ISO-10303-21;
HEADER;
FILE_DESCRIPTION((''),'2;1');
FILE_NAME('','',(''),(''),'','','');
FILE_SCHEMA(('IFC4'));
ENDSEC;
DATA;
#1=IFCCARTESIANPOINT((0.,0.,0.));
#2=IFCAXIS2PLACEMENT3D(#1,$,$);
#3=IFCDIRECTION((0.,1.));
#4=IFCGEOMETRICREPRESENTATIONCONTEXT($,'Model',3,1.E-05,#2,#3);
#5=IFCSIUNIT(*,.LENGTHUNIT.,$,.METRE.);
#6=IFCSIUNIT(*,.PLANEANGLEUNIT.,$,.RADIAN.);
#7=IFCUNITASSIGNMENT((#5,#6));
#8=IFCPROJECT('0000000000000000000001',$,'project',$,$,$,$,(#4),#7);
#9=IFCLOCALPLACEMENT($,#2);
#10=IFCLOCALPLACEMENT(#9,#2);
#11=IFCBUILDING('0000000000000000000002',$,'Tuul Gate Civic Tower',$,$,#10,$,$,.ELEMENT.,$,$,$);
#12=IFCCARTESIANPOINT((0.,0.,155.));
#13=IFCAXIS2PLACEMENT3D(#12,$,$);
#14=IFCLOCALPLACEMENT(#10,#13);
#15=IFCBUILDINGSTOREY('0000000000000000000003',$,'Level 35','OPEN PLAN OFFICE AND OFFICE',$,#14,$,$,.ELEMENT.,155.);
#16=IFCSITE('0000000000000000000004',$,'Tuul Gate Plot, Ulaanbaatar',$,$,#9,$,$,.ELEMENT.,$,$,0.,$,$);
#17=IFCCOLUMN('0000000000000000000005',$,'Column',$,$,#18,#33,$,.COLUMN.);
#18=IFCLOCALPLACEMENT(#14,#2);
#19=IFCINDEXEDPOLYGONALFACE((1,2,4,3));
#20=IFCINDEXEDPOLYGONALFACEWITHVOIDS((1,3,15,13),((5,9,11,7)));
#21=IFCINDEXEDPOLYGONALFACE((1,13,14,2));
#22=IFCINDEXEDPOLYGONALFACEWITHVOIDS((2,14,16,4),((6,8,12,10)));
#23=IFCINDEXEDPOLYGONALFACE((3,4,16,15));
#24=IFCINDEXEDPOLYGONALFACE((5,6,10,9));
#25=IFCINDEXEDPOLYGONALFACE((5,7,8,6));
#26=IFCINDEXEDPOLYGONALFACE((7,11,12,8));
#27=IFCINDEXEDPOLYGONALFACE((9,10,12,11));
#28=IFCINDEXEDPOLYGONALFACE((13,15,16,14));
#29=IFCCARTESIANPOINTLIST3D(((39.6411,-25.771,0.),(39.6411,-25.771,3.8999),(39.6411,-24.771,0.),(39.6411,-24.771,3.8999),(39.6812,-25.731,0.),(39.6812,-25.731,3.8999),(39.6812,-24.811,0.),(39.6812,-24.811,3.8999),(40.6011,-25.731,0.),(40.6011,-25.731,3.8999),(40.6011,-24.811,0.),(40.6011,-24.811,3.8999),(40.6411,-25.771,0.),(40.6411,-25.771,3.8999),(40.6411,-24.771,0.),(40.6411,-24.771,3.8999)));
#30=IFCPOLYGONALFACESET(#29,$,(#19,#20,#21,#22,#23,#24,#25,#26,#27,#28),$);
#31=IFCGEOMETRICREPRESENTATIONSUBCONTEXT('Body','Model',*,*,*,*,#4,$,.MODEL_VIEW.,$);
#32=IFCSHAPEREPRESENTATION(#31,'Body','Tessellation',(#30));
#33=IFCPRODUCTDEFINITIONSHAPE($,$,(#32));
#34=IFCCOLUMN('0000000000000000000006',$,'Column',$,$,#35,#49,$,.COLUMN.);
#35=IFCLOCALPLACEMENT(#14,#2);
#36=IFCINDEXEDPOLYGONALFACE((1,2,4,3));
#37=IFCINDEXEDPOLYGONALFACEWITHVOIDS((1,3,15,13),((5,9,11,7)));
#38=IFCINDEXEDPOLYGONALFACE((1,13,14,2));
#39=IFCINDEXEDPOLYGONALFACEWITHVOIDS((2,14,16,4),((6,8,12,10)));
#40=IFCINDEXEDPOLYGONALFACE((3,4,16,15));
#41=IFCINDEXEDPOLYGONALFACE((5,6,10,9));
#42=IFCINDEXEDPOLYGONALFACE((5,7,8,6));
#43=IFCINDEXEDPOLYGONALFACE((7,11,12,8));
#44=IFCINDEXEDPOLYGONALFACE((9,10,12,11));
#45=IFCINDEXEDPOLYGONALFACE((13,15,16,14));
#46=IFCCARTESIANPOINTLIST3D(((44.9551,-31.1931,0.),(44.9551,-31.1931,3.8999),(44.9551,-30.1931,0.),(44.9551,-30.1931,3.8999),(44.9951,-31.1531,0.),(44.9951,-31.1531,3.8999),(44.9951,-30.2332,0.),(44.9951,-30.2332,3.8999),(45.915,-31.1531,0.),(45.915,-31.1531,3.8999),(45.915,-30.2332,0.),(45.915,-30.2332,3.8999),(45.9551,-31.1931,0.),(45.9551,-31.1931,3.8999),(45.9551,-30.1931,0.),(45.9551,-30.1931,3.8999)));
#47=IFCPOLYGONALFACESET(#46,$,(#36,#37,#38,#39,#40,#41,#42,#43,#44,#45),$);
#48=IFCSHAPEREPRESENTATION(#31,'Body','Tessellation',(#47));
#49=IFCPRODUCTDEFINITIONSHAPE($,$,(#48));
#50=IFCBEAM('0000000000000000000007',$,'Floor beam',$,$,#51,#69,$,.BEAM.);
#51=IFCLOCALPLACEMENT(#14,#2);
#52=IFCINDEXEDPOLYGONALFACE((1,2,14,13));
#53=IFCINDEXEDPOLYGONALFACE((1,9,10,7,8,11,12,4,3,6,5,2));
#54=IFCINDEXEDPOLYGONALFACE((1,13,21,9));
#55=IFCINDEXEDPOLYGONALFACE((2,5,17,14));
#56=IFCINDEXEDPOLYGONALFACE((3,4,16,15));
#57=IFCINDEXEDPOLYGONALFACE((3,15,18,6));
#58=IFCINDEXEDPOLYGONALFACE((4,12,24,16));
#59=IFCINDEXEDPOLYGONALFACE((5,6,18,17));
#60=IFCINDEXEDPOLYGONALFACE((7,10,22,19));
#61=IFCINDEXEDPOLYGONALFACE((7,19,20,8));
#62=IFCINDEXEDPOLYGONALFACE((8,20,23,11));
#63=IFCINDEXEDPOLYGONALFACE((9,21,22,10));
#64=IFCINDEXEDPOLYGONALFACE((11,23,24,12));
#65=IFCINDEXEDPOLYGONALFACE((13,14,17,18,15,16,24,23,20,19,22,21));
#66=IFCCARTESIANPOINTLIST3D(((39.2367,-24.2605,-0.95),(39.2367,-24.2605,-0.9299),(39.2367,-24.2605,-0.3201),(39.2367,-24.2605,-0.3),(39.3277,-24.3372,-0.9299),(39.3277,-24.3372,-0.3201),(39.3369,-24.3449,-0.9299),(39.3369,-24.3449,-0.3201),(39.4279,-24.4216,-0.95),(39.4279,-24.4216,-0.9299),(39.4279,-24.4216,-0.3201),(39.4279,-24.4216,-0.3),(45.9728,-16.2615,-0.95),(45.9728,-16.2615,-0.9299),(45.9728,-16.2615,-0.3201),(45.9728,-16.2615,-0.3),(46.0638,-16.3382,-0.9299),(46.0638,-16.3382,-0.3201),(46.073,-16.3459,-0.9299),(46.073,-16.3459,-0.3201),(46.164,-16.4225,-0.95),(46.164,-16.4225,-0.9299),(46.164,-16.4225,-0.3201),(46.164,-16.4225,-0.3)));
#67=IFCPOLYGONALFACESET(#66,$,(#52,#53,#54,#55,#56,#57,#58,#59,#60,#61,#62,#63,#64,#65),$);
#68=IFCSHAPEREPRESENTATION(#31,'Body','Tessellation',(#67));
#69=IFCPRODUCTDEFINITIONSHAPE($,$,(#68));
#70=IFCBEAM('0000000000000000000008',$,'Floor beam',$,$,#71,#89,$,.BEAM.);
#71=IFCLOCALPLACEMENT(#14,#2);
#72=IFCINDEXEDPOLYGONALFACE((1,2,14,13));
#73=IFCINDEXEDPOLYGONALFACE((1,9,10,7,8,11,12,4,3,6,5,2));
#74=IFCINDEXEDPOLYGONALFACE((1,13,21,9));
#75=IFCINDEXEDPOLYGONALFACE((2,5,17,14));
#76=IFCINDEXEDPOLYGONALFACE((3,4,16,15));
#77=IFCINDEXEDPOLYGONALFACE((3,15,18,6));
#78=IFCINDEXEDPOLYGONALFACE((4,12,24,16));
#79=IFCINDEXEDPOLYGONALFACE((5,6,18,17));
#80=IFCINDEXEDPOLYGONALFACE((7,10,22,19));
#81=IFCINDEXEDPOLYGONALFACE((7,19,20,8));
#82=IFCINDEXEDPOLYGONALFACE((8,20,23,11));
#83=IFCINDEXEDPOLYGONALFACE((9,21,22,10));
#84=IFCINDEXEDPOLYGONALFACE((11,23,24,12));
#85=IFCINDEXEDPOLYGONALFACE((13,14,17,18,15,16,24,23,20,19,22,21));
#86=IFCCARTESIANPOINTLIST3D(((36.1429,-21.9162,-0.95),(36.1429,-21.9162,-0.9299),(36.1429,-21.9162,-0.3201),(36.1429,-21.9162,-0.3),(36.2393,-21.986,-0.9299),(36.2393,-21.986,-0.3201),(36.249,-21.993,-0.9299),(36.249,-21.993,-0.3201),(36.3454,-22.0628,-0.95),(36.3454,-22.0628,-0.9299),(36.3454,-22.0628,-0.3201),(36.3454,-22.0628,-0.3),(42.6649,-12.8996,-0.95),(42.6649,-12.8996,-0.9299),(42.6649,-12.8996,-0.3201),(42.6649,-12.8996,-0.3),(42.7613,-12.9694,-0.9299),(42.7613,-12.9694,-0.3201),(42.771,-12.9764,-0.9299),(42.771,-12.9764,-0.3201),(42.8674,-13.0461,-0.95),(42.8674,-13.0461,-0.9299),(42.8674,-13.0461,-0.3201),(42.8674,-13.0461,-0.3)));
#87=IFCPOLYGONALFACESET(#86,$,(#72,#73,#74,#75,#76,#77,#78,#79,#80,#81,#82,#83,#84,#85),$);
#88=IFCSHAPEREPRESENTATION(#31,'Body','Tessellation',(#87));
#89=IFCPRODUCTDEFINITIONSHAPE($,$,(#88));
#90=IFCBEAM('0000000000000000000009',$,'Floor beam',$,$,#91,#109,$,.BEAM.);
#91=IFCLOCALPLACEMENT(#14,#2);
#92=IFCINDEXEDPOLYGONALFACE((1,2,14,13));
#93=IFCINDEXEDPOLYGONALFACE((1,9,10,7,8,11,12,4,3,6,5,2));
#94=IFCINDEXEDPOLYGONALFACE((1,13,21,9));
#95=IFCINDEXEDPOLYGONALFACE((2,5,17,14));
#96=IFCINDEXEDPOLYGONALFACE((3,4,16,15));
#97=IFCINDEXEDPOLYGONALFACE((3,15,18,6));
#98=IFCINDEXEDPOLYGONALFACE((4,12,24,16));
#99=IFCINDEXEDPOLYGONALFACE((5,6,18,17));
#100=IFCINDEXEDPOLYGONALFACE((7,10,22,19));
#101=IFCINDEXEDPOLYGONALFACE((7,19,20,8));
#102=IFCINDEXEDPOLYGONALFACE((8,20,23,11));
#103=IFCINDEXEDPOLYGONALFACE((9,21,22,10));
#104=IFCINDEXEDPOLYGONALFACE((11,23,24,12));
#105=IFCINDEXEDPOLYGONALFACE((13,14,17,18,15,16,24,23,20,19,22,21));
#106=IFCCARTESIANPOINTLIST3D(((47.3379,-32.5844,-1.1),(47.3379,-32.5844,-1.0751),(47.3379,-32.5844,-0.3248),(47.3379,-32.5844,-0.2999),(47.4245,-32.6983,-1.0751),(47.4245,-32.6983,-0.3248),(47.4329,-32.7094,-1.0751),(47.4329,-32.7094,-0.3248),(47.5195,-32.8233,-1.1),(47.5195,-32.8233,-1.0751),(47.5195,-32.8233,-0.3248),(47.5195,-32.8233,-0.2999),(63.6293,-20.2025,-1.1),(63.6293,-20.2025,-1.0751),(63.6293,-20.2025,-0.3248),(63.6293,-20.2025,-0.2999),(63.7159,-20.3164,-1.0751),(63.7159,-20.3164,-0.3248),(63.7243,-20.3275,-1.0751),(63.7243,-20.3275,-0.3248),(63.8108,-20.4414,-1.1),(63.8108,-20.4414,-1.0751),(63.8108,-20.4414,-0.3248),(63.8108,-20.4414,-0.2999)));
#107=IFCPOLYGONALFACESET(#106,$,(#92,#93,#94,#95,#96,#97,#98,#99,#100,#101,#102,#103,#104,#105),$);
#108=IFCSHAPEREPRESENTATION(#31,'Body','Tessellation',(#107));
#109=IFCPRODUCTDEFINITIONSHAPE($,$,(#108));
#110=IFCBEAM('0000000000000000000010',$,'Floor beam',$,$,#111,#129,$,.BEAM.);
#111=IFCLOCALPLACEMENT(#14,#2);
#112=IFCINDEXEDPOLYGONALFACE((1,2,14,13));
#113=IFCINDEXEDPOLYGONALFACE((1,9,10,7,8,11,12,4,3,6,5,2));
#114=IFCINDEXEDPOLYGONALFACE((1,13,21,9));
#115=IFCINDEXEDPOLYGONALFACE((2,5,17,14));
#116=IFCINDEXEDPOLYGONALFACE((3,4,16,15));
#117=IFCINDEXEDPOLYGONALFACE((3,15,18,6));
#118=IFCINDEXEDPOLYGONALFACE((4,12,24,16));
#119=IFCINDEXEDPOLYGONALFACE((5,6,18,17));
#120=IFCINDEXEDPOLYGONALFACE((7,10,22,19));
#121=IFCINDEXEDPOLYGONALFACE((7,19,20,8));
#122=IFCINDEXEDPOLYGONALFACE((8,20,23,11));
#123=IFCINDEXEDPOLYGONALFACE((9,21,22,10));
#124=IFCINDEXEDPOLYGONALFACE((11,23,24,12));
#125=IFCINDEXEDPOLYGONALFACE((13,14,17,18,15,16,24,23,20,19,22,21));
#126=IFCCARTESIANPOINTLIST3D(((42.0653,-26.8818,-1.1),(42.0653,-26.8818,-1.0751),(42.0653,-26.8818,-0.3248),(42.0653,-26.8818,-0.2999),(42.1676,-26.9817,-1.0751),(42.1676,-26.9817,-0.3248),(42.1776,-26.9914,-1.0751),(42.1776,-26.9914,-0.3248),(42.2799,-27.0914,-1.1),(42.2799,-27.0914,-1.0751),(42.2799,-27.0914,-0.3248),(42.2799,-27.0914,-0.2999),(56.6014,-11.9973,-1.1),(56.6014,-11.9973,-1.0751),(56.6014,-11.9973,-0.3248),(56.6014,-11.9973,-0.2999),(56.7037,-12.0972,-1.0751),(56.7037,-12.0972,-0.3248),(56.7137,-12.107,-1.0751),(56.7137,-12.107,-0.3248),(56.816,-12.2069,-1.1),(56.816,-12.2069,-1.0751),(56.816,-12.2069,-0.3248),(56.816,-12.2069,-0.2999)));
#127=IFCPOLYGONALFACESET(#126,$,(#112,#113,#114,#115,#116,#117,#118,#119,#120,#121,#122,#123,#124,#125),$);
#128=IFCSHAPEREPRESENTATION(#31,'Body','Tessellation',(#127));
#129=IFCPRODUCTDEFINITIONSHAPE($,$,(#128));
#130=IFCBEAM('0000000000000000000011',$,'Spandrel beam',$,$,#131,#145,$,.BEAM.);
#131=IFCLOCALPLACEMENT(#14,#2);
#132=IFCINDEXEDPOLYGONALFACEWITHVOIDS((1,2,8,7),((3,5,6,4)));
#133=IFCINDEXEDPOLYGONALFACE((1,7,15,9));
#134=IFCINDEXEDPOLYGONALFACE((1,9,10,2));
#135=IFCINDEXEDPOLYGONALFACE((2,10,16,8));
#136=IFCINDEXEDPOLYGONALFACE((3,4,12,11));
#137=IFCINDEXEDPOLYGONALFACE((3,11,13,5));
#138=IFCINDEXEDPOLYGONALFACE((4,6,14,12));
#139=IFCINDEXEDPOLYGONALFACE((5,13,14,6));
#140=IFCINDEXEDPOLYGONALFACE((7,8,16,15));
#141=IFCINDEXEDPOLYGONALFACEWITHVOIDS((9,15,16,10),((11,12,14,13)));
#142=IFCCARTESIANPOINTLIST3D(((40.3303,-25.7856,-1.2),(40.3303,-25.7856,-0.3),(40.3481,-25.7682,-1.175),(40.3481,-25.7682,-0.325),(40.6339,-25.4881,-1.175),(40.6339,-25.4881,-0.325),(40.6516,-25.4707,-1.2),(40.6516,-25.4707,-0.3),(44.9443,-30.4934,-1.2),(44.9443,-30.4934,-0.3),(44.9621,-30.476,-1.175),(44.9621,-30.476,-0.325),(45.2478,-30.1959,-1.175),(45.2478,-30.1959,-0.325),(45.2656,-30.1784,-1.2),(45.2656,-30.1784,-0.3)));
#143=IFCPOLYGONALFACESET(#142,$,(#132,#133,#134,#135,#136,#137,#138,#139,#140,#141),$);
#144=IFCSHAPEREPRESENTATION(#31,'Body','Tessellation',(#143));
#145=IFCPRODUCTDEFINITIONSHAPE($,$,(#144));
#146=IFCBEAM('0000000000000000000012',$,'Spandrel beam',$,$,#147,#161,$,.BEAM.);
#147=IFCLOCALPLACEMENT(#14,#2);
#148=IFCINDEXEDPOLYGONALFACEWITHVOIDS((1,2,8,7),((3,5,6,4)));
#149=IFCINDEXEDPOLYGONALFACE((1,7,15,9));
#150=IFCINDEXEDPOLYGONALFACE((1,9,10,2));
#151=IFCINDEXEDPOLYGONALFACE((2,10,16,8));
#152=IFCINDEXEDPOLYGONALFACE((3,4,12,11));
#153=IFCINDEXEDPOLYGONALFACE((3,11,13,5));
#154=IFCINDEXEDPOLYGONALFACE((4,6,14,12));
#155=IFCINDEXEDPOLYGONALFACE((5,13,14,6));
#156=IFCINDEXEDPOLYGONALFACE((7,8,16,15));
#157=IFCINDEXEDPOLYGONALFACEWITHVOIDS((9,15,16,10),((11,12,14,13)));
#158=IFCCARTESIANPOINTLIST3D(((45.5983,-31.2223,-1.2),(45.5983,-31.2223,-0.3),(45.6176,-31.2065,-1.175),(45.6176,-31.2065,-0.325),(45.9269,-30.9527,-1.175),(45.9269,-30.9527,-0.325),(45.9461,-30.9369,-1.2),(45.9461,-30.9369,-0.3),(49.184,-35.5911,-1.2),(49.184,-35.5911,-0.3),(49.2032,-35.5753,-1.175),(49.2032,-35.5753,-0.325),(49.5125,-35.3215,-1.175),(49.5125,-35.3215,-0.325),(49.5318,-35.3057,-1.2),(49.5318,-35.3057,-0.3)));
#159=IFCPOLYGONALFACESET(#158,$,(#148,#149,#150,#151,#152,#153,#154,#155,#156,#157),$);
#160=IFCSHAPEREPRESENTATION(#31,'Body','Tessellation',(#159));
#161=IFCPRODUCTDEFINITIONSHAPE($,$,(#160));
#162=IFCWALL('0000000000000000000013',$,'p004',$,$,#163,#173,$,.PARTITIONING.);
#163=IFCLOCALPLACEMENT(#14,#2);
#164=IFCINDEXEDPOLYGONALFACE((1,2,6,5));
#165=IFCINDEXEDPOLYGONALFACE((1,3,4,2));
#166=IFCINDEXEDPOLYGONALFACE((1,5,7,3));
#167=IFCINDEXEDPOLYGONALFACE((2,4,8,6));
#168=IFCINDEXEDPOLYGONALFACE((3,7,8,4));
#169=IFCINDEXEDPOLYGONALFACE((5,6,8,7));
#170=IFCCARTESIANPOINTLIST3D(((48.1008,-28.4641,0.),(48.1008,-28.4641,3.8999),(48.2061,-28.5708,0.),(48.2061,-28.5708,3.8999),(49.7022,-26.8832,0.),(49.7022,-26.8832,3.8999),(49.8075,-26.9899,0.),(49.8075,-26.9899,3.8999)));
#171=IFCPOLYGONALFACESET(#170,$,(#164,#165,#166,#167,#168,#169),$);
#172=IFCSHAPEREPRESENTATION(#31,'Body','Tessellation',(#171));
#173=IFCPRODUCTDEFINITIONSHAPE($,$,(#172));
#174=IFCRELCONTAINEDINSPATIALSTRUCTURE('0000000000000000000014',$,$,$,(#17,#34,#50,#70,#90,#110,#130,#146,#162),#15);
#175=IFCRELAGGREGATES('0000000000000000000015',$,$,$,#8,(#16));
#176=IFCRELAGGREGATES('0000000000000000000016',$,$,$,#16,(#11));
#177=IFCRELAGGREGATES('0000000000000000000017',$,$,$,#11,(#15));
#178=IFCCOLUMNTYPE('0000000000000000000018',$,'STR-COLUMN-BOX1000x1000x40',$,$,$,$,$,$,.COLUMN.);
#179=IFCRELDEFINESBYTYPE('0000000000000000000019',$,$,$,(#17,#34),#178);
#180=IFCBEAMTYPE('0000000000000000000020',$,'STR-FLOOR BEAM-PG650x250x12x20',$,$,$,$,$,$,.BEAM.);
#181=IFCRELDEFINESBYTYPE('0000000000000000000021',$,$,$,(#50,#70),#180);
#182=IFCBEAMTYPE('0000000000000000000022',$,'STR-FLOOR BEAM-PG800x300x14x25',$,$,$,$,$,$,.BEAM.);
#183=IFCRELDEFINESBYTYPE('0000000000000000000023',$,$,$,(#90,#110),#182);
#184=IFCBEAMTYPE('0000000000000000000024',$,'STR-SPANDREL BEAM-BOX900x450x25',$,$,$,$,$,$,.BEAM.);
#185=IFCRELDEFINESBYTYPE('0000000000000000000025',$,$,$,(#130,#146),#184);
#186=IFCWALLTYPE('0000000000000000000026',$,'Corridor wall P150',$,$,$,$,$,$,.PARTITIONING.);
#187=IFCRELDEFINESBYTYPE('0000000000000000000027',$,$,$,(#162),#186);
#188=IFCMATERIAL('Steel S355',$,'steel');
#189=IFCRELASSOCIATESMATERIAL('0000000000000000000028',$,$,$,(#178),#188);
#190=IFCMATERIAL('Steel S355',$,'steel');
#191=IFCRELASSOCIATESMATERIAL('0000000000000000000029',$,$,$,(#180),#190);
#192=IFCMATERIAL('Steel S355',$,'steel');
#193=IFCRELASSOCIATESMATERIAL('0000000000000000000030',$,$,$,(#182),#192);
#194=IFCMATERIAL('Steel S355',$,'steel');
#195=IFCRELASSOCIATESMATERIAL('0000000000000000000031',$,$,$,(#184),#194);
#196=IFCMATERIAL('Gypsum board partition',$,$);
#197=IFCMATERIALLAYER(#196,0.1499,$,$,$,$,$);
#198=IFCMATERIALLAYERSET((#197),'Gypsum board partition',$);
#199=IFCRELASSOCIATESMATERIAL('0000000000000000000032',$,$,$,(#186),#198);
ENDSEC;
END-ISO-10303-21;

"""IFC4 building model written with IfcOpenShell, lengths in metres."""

from ifc_helpers import new_model, si_unit, direction, frame, frame_2d, origin, origin_2d, place, context, subcontext, project, spatial, rectangle, hollow_rectangle, i_section, extrude, material, layer, layer_set, material_profile, profile_set, type_object, element, save


model = new_model("IFC4")

# Units and contexts
model_context = context("Model", 3, precision=1e-05, world=origin(), true_north=direction((0.0, 1.0)))
body_context = subcontext(model_context, "Body", "Model", "MODEL_VIEW")
ifc_project = project(units=[si_unit("LENGTHUNIT", "METRE"), si_unit("PLANEANGLEUNIT", "RADIAN")], contexts=[model_context])

# Site, building, storey
site_placement = place(None, origin())
site = spatial("IfcSite", under=ifc_project, at=site_placement, Name="Tuul Gate Plot, Ulaanbaatar", CompositionType="ELEMENT", RefElevation=0.0)
building_placement = place(site_placement, origin())
building = spatial("IfcBuilding", under=site, at=building_placement, Name="Tuul Gate Civic Tower", CompositionType="ELEMENT")
storey_placement = place(building_placement, frame((0.0, 0.0, 155.0)))
storey = spatial("IfcBuildingStorey", under=building, at=storey_placement, Name="Level 35", Description="OPEN PLAN OFFICE AND OFFICE", CompositionType="ELEMENT", Elevation=155.0)

# Columns
ifc_material_1 = material(Name="Steel S355", Category="steel")
ifc_material_profile_1 = material_profile(ifc_material_1, hollow_rectangle(XDim=1.0, YDim=1.0, WallThickness=0.04, at=origin_2d()), Name="BOX1000x1000x40")
ifc_profile_set_1 = profile_set([ifc_material_profile_1], Name="Steel S355")
column_type = type_object("IfcColumnType", Name="STR-COLUMN-BOX1000x1000x40", PredefinedType="COLUMN", material=ifc_profile_set_1)
for number, where, z_axis, x_axis, name in (
    (1, (40.1411, -25.271, 0.0), (0.0, 0.0, 1.0), (1.0, 0.0, 0.0), "Column"),
    (2, (45.4551, -30.6931, 0.0), (0.0, 0.0, 1.0), (1.0, 0.0, 0.0), "Column"),
):
    element("IfcColumn", number, at=place(storey_placement, frame(where, z_axis=z_axis, x_axis=x_axis)), inside=storey, type_object=column_type, Name=name, PredefinedType="COLUMN", context=body_context, shape_type="SweptSolid", body=[
        extrude(hollow_rectangle(XDim=1.0, YDim=1.0, WallThickness=0.04, at=origin_2d()), origin(), (0.0, 0.0, 1.0), 3.8999),
    ])

# Beams
ifc_material_2 = material(Name="Steel S355", Category="steel")
ifc_material_profile_2 = material_profile(ifc_material_2, i_section(OverallWidth=0.25, OverallDepth=0.6499, WebThickness=0.012, FlangeThickness=0.02, at=origin_2d()), Name="PG650x250x12x20")
ifc_profile_set_2 = profile_set([ifc_material_profile_2], Name="Steel S355")
beam_type_1 = type_object("IfcBeamType", Name="STR-FLOOR BEAM-PG650x250x12x20", PredefinedType="BEAM", material=ifc_profile_set_2)
beam_1_placement = place(storey_placement, frame((39.3323, -24.3411, -0.625), z_axis=(0.644139, 0.764908, 0.0), x_axis=(-0.764908, 0.644139, 0.0)))
element("IfcBeam", 3, at=beam_1_placement, inside=storey, type_object=beam_type_1, Name="Floor beam", PredefinedType="BEAM", context=body_context, shape_type="SweptSolid", body=[
    extrude(i_section(OverallWidth=0.25, OverallDepth=0.6499, WebThickness=0.012, FlangeThickness=0.02, at=origin_2d()), origin(), (0.0, 0.0, 1.0), 10.4575),
])
beam_2_placement = place(storey_placement, frame((36.2441, -21.9895, -0.625), z_axis=(0.58608, 0.810253, 0.0), x_axis=(-0.810253, 0.58608, 0.0)))
element("IfcBeam", 4, at=beam_2_placement, inside=storey, type_object=beam_type_1, Name="Floor beam", PredefinedType="BEAM", context=body_context, shape_type="SweptSolid", body=[
    extrude(i_section(OverallWidth=0.25, OverallDepth=0.6499, WebThickness=0.012, FlangeThickness=0.02, at=origin_2d()), origin(), (0.0, 0.0, 1.0), 11.1282),
])
ifc_material_3 = material(Name="Steel S355", Category="steel")
ifc_material_profile_3 = material_profile(ifc_material_3, i_section(OverallWidth=0.3, OverallDepth=0.8, WebThickness=0.0139, FlangeThickness=0.0249, at=origin_2d()), Name="PG800x300x14x25")
ifc_profile_set_3 = profile_set([ifc_material_profile_3], Name="Steel S355")
beam_type_2 = type_object("IfcBeamType", Name="STR-FLOOR BEAM-PG800x300x14x25", PredefinedType="BEAM", material=ifc_profile_set_3)
beam_3_placement = place(storey_placement, frame((47.4287, -32.7039, -0.7), z_axis=(0.796151, 0.605098, 0.0), x_axis=(-0.605098, 0.796151, 0.0)))
element("IfcBeam", 5, at=beam_3_placement, inside=storey, type_object=beam_type_2, Name="Floor beam", PredefinedType="BEAM", context=body_context, shape_type="SweptSolid", body=[
    extrude(i_section(OverallWidth=0.3, OverallDepth=0.8, WebThickness=0.0139, FlangeThickness=0.0249, at=origin_2d()), origin(), (0.0, 0.0, 1.0), 20.4626),
])
beam_4_placement = place(storey_placement, frame((42.1726, -26.9866, -0.7), z_axis=(0.698684, 0.71543, 0.0), x_axis=(-0.71543, 0.698684, 0.0)))
element("IfcBeam", 6, at=beam_4_placement, inside=storey, type_object=beam_type_2, Name="Floor beam", PredefinedType="BEAM", context=body_context, shape_type="SweptSolid", body=[
    extrude(i_section(OverallWidth=0.3, OverallDepth=0.8, WebThickness=0.0139, FlangeThickness=0.0249, at=origin_2d()), origin(), (0.0, 0.0, 1.0), 20.8049),
])
ifc_material_4 = material(Name="Steel S355", Category="steel")
ifc_material_profile_4 = material_profile(ifc_material_4, hollow_rectangle(XDim=0.45, YDim=0.8999, WallThickness=0.0249, at=origin_2d()), Name="BOX900x450x25")
ifc_profile_set_4 = profile_set([ifc_material_profile_4], Name="Steel S355")
beam_type_3 = type_object("IfcBeamType", Name="STR-SPANDREL BEAM-BOX900x450x25", PredefinedType="BEAM", material=ifc_profile_set_4)
beam_5_placement = place(storey_placement, frame((40.491, -25.6282, -0.75), z_axis=(0.69996, -0.714182, 0.0), x_axis=(0.714182, 0.69996, 0.0)))
element("IfcBeam", 7, at=beam_5_placement, inside=storey, type_object=beam_type_3, Name="Spandrel beam", PredefinedType="BEAM", context=body_context, shape_type="SweptSolid", body=[
    extrude(hollow_rectangle(XDim=0.45, YDim=0.8999, WallThickness=0.0249, at=origin_2d()), origin(), (0.0, 0.0, 1.0), 6.5918),
])
beam_6_placement = place(storey_placement, frame((45.7722, -31.0796, -0.75), z_axis=(0.634418, -0.77299, 0.0), x_axis=(0.77299, 0.634418, 0.0)))
element("IfcBeam", 8, at=beam_6_placement, inside=storey, type_object=beam_type_3, Name="Spandrel beam", PredefinedType="BEAM", context=body_context, shape_type="SweptSolid", body=[
    extrude(hollow_rectangle(XDim=0.45, YDim=0.8999, WallThickness=0.0249, at=origin_2d()), origin(), (0.0, 0.0, 1.0), 5.6519),
])

# Wall
ifc_material_5 = material(Name="Gypsum board partition")
ifc_layer_1 = layer(ifc_material_5, 0.1499)
ifc_layer_set_1 = layer_set([ifc_layer_1], Name="Gypsum board partition")
wall_type_1 = type_object("IfcWallType", Name="Corridor wall P150", PredefinedType="PARTITIONING", material=ifc_layer_set_1)
wall_1_placement = place(storey_placement, frame((48.1536, -28.5173, 0.0), z_axis=(0.0, 0.0, 1.0), x_axis=(0.711649, 0.702535, 0.0)))
element("IfcWall", 9, at=wall_1_placement, inside=storey, type_object=wall_type_1, Name="p004", PredefinedType="PARTITIONING", context=body_context, shape_type="SweptSolid", body=[
    extrude(rectangle(XDim=2.2502, YDim=0.1499, at=frame_2d((1.125, 0.0))), origin(), (0.0, 0.0, 1.0), 3.8999),
])

save(model, "model.ifc")
